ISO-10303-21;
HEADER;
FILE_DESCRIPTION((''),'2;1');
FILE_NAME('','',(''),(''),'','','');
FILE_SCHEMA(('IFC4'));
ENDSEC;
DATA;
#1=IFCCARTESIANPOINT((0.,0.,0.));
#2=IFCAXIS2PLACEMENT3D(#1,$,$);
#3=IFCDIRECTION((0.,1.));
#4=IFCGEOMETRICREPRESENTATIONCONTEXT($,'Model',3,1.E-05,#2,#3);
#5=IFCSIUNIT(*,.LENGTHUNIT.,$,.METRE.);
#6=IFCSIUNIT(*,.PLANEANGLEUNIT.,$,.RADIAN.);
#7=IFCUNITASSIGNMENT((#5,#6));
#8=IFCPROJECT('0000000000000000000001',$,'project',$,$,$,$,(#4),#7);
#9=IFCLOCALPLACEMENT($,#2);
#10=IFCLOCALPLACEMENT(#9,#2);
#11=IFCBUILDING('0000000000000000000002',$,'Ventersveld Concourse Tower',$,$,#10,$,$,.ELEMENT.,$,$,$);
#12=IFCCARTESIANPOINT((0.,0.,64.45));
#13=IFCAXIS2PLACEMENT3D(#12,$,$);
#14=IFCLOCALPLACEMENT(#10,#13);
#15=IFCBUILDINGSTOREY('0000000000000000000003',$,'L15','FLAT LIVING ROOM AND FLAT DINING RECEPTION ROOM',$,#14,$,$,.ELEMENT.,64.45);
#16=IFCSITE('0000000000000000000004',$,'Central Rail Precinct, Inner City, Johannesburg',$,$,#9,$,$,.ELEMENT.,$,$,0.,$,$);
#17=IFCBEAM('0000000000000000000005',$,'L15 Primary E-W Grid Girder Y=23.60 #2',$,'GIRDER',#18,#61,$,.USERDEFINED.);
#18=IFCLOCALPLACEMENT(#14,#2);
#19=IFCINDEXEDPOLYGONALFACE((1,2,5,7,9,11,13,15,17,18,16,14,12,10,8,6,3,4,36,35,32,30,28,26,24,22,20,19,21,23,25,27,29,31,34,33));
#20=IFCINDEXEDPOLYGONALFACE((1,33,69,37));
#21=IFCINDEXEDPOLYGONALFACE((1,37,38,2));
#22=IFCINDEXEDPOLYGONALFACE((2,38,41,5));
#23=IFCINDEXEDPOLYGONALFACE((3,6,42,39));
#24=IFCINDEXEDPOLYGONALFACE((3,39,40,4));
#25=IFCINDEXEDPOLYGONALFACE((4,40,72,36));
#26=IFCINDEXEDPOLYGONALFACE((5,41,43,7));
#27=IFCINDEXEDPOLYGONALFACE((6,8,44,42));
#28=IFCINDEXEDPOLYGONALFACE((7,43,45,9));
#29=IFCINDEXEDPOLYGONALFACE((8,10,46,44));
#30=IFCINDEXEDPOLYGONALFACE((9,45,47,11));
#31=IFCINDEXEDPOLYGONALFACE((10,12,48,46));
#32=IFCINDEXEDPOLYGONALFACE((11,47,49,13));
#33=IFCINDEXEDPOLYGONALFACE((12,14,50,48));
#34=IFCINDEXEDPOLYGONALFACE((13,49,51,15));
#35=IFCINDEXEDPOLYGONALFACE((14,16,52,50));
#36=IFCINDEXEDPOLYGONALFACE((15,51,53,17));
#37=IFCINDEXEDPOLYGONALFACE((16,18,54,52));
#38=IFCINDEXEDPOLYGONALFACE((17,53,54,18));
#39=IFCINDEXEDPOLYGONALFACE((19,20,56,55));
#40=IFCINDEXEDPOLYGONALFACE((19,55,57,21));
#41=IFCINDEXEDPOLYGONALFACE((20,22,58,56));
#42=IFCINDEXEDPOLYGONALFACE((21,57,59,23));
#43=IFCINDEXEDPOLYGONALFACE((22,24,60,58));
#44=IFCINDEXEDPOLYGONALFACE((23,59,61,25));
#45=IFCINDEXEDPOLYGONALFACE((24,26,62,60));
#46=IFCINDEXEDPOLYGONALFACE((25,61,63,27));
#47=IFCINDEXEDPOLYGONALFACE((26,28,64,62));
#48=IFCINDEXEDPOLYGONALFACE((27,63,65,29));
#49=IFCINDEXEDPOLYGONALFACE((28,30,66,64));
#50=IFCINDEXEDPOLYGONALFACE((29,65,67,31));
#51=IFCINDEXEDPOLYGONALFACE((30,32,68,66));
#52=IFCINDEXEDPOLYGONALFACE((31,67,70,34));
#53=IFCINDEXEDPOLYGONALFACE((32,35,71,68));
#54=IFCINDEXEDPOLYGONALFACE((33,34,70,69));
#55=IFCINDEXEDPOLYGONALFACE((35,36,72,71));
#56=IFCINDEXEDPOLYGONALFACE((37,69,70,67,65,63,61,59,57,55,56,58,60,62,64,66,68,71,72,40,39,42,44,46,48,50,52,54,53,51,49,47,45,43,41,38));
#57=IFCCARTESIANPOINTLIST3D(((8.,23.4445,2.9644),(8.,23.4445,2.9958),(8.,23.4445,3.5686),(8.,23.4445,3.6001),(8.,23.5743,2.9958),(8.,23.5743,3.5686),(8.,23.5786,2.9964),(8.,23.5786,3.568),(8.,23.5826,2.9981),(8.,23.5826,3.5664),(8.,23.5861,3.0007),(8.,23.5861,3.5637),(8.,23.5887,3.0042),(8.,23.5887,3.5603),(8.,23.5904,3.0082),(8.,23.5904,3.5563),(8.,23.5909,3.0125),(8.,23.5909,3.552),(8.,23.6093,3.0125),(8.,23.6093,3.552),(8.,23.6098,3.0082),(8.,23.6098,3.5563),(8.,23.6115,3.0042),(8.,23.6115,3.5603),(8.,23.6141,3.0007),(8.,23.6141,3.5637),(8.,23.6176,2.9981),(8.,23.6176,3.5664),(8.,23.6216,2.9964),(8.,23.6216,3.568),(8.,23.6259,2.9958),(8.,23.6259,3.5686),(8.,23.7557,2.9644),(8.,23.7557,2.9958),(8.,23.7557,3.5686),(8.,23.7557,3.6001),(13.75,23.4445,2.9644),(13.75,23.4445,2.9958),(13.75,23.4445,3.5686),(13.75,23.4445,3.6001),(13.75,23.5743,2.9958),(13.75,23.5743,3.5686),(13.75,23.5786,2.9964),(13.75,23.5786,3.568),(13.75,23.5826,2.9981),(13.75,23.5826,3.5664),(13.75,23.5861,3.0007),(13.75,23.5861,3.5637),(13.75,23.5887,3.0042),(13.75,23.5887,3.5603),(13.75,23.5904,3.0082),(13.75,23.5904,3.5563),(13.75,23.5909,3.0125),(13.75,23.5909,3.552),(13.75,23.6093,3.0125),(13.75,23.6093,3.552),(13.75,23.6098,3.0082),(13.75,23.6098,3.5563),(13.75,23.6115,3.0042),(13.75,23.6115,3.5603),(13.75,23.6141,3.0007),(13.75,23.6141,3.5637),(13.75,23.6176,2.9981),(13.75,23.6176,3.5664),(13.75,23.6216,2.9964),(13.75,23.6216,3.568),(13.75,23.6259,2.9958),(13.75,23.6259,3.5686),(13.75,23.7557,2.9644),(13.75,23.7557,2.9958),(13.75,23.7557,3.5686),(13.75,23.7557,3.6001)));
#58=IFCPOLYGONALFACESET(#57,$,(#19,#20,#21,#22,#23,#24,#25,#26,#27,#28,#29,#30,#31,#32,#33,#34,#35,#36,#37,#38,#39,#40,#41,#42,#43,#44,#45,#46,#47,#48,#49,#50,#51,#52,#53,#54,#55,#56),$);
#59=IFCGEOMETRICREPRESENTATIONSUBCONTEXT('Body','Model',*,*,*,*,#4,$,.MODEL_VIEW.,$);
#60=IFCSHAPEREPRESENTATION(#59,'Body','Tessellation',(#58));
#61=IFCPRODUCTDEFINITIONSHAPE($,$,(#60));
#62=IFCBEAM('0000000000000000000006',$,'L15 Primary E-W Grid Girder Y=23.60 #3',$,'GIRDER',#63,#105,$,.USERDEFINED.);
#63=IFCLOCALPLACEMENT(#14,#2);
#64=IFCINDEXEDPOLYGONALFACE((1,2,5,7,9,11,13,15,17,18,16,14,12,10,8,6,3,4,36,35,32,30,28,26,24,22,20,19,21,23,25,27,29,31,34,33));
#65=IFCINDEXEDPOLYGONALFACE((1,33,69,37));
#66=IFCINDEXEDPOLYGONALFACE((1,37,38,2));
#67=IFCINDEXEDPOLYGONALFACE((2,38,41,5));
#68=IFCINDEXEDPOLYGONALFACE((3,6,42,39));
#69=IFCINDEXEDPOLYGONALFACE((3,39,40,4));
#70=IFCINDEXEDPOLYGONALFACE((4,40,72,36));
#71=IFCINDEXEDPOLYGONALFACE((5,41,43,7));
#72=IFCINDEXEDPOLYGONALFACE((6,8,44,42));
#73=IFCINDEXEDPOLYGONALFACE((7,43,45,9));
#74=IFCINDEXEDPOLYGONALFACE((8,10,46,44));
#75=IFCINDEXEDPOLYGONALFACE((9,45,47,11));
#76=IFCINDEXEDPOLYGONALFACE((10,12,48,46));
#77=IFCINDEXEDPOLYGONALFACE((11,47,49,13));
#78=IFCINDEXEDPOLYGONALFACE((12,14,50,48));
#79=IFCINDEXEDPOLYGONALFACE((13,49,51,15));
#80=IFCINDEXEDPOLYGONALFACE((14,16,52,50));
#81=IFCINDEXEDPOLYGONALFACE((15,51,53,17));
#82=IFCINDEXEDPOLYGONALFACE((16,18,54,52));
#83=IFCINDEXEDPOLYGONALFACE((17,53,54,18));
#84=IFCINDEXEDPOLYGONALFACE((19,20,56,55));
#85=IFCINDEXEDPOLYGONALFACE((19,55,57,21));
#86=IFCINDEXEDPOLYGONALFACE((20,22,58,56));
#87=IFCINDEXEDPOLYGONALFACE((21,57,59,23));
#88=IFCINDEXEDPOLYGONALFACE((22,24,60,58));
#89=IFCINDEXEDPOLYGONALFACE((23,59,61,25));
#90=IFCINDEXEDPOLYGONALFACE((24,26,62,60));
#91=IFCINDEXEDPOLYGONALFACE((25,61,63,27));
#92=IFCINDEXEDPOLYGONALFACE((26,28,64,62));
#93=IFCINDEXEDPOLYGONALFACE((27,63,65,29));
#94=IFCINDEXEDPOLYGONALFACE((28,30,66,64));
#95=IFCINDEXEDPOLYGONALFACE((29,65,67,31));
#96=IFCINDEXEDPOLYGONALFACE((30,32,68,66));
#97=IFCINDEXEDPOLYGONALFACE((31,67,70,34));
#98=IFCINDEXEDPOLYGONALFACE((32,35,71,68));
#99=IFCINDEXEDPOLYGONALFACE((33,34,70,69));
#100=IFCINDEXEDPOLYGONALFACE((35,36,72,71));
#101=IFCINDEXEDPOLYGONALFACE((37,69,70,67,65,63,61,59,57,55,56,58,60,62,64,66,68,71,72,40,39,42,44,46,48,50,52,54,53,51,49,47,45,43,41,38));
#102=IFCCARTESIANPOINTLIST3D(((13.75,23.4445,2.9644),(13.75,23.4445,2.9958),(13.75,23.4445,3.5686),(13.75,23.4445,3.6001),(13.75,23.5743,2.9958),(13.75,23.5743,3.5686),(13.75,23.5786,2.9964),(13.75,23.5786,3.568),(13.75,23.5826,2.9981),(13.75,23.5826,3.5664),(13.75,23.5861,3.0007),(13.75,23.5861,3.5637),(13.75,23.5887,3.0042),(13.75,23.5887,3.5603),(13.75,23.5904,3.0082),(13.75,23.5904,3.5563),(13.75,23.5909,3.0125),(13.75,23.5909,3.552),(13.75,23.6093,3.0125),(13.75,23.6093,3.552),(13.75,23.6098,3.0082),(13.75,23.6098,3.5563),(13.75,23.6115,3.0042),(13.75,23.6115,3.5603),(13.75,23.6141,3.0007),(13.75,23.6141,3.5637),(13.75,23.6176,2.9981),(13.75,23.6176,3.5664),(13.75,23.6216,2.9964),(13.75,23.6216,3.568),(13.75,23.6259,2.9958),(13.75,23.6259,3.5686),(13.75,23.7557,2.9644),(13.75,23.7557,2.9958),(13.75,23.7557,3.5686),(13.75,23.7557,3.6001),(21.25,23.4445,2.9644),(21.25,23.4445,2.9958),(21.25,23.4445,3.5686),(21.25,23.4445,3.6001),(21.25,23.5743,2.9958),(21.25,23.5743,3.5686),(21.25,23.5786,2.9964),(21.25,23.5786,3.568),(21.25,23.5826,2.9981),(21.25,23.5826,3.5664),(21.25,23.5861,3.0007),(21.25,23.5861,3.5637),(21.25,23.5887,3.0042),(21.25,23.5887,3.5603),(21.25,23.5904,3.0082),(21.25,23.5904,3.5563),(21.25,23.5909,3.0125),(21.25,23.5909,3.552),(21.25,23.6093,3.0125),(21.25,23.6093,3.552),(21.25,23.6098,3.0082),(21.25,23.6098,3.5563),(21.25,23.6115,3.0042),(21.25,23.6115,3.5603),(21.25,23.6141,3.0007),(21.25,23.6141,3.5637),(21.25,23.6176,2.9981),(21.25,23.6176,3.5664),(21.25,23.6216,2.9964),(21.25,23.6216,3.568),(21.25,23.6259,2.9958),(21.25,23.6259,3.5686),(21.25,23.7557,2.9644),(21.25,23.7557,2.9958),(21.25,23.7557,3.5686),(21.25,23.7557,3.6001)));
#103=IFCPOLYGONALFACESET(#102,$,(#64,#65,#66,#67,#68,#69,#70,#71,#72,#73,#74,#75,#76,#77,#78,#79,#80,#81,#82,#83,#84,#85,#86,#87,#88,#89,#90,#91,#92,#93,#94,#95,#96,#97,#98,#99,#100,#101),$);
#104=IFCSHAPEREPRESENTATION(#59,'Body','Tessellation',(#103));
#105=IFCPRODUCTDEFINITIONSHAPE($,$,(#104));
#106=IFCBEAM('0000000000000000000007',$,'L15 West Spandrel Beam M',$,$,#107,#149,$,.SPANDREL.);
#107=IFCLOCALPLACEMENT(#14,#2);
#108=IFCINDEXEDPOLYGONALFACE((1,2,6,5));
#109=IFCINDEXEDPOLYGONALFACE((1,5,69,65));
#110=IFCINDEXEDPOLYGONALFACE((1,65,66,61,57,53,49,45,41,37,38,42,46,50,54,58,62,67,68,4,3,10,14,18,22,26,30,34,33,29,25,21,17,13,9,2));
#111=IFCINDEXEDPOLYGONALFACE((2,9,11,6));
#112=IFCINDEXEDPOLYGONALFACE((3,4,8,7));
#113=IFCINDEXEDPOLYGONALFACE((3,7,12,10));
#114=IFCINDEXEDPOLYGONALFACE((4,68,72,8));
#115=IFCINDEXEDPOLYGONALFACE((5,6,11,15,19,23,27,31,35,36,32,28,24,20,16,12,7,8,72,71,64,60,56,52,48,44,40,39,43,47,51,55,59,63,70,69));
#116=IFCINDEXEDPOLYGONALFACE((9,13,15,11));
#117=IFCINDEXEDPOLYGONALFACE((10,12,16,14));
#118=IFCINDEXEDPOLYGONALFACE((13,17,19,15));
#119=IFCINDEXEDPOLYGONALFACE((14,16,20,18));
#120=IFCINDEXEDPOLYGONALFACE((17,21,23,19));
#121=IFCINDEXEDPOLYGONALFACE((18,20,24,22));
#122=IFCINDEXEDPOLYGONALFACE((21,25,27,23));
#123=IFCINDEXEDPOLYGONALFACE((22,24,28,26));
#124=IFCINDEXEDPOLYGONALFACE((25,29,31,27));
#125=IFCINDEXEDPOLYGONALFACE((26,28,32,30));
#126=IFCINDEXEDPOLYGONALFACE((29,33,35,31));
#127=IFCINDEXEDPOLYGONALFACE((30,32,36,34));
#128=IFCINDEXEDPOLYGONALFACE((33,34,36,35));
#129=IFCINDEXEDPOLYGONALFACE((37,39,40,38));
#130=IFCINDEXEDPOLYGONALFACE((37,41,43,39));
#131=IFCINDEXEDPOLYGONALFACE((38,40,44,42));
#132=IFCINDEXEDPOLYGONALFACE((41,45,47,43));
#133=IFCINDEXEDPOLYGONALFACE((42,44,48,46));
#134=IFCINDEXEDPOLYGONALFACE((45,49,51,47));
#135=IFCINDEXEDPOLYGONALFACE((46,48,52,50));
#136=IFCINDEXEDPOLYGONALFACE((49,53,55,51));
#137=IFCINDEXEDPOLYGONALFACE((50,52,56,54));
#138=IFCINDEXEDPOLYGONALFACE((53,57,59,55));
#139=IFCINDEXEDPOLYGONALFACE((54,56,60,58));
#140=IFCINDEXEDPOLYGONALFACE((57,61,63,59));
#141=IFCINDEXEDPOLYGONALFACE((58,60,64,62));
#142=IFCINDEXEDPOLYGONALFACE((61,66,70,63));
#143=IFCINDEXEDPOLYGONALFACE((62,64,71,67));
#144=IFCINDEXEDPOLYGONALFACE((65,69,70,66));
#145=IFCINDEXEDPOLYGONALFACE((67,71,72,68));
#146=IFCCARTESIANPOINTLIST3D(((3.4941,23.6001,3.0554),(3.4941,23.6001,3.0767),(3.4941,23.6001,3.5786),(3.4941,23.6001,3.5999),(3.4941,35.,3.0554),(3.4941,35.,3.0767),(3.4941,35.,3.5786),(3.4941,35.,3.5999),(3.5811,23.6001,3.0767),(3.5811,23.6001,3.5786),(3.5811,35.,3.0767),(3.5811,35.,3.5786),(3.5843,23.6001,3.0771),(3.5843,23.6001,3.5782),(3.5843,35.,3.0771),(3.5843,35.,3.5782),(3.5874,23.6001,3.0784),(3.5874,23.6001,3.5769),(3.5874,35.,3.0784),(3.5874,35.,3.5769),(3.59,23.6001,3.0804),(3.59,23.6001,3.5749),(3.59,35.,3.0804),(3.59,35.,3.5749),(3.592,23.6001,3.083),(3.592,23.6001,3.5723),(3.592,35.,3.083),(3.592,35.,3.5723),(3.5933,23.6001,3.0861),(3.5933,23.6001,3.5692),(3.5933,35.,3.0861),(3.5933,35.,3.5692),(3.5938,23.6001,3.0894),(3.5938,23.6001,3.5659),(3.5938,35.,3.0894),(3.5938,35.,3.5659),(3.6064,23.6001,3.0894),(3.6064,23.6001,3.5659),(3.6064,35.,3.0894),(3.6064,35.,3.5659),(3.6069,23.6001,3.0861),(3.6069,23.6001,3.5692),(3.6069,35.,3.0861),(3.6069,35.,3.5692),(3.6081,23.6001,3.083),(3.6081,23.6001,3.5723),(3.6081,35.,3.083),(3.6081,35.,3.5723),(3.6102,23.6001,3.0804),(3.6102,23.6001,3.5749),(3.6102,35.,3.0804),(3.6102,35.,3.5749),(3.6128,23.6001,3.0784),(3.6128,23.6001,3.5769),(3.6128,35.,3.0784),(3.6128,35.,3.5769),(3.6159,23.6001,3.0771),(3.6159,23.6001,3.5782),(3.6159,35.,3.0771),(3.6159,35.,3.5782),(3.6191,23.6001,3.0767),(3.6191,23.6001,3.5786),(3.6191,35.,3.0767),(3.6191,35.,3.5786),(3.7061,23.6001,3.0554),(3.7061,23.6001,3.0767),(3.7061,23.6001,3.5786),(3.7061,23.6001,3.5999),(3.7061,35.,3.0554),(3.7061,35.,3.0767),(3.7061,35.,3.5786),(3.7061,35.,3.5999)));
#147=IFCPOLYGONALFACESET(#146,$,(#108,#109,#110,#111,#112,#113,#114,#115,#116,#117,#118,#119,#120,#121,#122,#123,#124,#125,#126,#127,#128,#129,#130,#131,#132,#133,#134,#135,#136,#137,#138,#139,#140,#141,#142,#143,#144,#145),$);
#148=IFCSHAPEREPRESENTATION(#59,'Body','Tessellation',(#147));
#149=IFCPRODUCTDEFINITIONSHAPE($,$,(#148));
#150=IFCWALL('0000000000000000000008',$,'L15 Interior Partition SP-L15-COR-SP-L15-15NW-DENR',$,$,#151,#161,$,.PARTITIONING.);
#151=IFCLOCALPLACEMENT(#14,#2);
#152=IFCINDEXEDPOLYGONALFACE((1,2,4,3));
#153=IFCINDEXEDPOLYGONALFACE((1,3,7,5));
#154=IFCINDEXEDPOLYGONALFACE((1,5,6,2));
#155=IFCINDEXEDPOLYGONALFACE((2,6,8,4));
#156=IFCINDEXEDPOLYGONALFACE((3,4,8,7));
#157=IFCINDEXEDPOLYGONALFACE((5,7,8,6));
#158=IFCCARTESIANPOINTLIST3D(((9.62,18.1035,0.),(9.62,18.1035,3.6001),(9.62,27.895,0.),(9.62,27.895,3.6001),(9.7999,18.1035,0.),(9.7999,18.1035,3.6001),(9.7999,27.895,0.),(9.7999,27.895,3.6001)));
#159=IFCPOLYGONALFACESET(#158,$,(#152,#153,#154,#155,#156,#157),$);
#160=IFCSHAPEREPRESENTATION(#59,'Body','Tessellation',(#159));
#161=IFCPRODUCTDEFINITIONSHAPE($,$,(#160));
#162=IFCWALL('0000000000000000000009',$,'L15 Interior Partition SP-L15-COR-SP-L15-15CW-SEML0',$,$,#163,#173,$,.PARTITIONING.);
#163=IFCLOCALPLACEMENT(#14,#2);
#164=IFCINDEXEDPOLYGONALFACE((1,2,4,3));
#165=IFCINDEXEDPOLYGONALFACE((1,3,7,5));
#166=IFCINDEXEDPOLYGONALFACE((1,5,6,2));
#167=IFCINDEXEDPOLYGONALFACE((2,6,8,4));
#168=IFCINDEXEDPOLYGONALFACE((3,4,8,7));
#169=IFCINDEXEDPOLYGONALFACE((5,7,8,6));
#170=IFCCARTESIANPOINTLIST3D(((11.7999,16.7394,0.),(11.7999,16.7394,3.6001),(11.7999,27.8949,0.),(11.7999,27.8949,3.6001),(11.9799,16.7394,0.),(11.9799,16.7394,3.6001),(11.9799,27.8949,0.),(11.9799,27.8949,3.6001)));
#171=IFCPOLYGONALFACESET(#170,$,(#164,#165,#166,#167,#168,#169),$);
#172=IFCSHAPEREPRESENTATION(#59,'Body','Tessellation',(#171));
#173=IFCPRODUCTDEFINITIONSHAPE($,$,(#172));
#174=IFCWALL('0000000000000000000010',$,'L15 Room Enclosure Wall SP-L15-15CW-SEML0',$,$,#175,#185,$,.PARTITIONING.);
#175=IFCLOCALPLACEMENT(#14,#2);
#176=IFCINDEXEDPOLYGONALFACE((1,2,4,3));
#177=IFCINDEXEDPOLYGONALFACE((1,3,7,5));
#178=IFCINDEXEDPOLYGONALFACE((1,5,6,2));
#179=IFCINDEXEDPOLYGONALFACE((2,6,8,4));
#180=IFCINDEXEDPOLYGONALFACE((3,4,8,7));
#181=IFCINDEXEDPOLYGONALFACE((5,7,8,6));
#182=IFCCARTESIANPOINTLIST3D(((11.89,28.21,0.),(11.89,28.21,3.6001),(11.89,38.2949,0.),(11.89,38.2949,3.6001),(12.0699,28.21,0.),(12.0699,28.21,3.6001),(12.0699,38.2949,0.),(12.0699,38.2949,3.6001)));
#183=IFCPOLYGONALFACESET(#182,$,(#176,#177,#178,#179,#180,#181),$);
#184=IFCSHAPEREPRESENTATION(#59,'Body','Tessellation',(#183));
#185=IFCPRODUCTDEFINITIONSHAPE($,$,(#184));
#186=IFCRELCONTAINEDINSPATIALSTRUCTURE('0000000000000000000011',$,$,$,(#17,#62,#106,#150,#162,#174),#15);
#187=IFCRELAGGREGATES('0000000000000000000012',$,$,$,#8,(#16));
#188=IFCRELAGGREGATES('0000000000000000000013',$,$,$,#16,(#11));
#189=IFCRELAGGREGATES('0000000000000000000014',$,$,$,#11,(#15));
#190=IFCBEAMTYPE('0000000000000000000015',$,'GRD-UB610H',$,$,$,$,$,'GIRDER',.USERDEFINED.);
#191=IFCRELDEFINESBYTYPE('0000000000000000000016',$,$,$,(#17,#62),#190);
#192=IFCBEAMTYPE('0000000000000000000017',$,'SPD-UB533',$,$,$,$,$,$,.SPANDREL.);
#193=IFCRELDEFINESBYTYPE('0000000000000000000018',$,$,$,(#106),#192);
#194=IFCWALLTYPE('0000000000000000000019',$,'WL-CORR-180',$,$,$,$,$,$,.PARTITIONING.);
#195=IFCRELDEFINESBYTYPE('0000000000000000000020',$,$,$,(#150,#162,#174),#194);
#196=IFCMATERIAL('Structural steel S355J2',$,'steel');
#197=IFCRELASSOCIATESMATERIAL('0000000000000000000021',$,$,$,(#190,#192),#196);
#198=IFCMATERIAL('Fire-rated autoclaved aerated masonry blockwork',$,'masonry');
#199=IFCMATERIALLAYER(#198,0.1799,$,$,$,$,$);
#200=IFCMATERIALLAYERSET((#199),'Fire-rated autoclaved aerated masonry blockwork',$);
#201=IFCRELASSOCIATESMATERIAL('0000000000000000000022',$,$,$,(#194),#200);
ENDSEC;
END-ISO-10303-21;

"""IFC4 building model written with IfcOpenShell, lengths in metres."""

from ifc_helpers import new_model, si_unit, direction, frame, frame_2d, origin, origin_2d, place, context, subcontext, project, spatial, rectangle, i_section, extrude, material, layer, layer_set, material_profile, profile_set, type_object, element, save


model = new_model("IFC4")

# Units and contexts
model_context = context("Model", 3, precision=1e-05, world=origin(), true_north=direction((0.0, 1.0)))
body_context = subcontext(model_context, "Body", "Model", "MODEL_VIEW")
ifc_project = project(units=[si_unit("LENGTHUNIT", "METRE"), si_unit("PLANEANGLEUNIT", "RADIAN")], contexts=[model_context])

# Site, building, storey
site_placement = place(None, origin())
site = spatial("IfcSite", under=ifc_project, at=site_placement, Name="Central Rail Precinct, Inner City, Johannesburg", CompositionType="ELEMENT", RefElevation=0.0)
building_placement = place(site_placement, origin())
building = spatial("IfcBuilding", under=site, at=building_placement, Name="Ventersveld Concourse Tower", CompositionType="ELEMENT")
storey_placement = place(building_placement, frame((0.0, 0.0, 64.45)))
storey = spatial("IfcBuildingStorey", under=building, at=storey_placement, Name="L15", Description="FLAT LIVING ROOM AND FLAT DINING RECEPTION ROOM", CompositionType="ELEMENT", Elevation=64.45)

# Beams
ifc_material_1 = material(Name="Structural steel S355J2", Category="steel")
ifc_material_profile_1 = material_profile(ifc_material_1, i_section(OverallWidth=0.3113, OverallDepth=0.6357, WebThickness=0.0183, FlangeThickness=0.0315, FilletRadius=0.0166, at=origin_2d()), Name="UB 610x305x238")
ifc_profile_set_1 = profile_set([ifc_material_profile_1], Name="Structural steel S355J2")
beam_type_1 = type_object("IfcBeamType", Name="GRD-UB610H", ElementType="GIRDER", PredefinedType="USERDEFINED", material=ifc_profile_set_1)
beam_1_placement = place(storey_placement, frame((8.0, 23.6001, 3.2822), z_axis=(1.0, 0.0, 0.0), x_axis=(0.0, 1.0, 0.0)))
element("IfcBeam", 1, at=beam_1_placement, inside=storey, type_object=beam_type_1, Name="L15 Primary E-W Grid Girder Y=23.60 #2", ObjectType="GIRDER", PredefinedType="USERDEFINED", context=body_context, shape_type="SweptSolid", body=[
    extrude(i_section(OverallWidth=0.3113, OverallDepth=0.6357, WebThickness=0.0183, FlangeThickness=0.0315, FilletRadius=0.0166, at=origin_2d()), origin(), (0.0, 0.0, 1.0), 5.75),
])
beam_2_placement = place(storey_placement, frame((13.75, 23.6001, 3.2822), z_axis=(1.0, 0.0, 0.0), x_axis=(0.0, 1.0, 0.0)))
element("IfcBeam", 2, at=beam_2_placement, inside=storey, type_object=beam_type_1, Name="L15 Primary E-W Grid Girder Y=23.60 #3", ObjectType="GIRDER", PredefinedType="USERDEFINED", context=body_context, shape_type="SweptSolid", body=[
    extrude(i_section(OverallWidth=0.3113, OverallDepth=0.6357, WebThickness=0.0183, FlangeThickness=0.0315, FilletRadius=0.0166, at=origin_2d()), origin(), (0.0, 0.0, 1.0), 7.5),
])
ifc_material_profile_2 = material_profile(ifc_material_1, i_section(OverallWidth=0.2119, OverallDepth=0.5444, WebThickness=0.0127, FlangeThickness=0.0212, FilletRadius=0.0127, at=origin_2d()), Name="UB 533x210x122")
ifc_profile_set_2 = profile_set([ifc_material_profile_2], Name="Structural steel S355J2")
beam_type_2 = type_object("IfcBeamType", Name="SPD-UB533", PredefinedType="SPANDREL", material=ifc_profile_set_2)
beam_3_placement = place(storey_placement, frame((3.6001, 23.6001, 3.3276), z_axis=(0.0, 1.0, 0.0), x_axis=(-1.0, 0.0, 0.0)))
element("IfcBeam", 3, at=beam_3_placement, inside=storey, type_object=beam_type_2, Name="L15 West Spandrel Beam M", PredefinedType="SPANDREL", context=body_context, shape_type="SweptSolid", body=[
    extrude(i_section(OverallWidth=0.2119, OverallDepth=0.5444, WebThickness=0.0127, FlangeThickness=0.0212, FilletRadius=0.0127, at=origin_2d()), origin(), (0.0, 0.0, 1.0), 11.3999),
])

# Walls
ifc_material_2 = material(Name="Fire-rated autoclaved aerated masonry blockwork", Category="masonry")
ifc_layer_1 = layer(ifc_material_2, 0.1799)
ifc_layer_set_1 = layer_set([ifc_layer_1], Name="Fire-rated autoclaved aerated masonry blockwork")
wall_type_1 = type_object("IfcWallType", Name="WL-CORR-180", PredefinedType="PARTITIONING", material=ifc_layer_set_1)
wall_1_placement = place(storey_placement, frame((9.71, 18.1035, 0.0), z_axis=(0.0, 0.0, 1.0), x_axis=(0.0, 1.0, 0.0)))
element("IfcWall", 4, at=wall_1_placement, inside=storey, type_object=wall_type_1, Name="L15 Interior Partition SP-L15-COR-SP-L15-15NW-DENR", PredefinedType="PARTITIONING", context=body_context, shape_type="SweptSolid", body=[
    extrude(rectangle(XDim=9.7915, YDim=0.1799, at=frame_2d((4.8958, 0.0))), origin(), (0.0, 0.0, 1.0), 3.6001),
])
wall_2_placement = place(storey_placement, frame((11.8899, 16.7395, 0.0), z_axis=(0.0, 0.0, 1.0), x_axis=(0.0, 1.0, 0.0)))
element("IfcWall", 5, at=wall_2_placement, inside=storey, type_object=wall_type_1, Name="L15 Interior Partition SP-L15-COR-SP-L15-15CW-SEML0", PredefinedType="PARTITIONING", context=body_context, shape_type="SweptSolid", body=[
    extrude(rectangle(XDim=11.1555, YDim=0.1799, at=frame_2d((5.5776, 0.0))), origin(), (0.0, 0.0, 1.0), 3.6001),
])
wall_3_placement = place(storey_placement, frame((11.98, 28.21, 0.0), z_axis=(0.0, 0.0, 1.0), x_axis=(0.0, 1.0, 0.0)))
element("IfcWall", 6, at=wall_3_placement, inside=storey, type_object=wall_type_1, Name="L15 Room Enclosure Wall SP-L15-15CW-SEML0", PredefinedType="PARTITIONING", context=body_context, shape_type="SweptSolid", body=[
    extrude(rectangle(XDim=10.085, YDim=0.1799, at=frame_2d((5.0425, 0.0))), origin(), (0.0, 0.0, 1.0), 3.6001),
])

save(model, "model.ifc")
